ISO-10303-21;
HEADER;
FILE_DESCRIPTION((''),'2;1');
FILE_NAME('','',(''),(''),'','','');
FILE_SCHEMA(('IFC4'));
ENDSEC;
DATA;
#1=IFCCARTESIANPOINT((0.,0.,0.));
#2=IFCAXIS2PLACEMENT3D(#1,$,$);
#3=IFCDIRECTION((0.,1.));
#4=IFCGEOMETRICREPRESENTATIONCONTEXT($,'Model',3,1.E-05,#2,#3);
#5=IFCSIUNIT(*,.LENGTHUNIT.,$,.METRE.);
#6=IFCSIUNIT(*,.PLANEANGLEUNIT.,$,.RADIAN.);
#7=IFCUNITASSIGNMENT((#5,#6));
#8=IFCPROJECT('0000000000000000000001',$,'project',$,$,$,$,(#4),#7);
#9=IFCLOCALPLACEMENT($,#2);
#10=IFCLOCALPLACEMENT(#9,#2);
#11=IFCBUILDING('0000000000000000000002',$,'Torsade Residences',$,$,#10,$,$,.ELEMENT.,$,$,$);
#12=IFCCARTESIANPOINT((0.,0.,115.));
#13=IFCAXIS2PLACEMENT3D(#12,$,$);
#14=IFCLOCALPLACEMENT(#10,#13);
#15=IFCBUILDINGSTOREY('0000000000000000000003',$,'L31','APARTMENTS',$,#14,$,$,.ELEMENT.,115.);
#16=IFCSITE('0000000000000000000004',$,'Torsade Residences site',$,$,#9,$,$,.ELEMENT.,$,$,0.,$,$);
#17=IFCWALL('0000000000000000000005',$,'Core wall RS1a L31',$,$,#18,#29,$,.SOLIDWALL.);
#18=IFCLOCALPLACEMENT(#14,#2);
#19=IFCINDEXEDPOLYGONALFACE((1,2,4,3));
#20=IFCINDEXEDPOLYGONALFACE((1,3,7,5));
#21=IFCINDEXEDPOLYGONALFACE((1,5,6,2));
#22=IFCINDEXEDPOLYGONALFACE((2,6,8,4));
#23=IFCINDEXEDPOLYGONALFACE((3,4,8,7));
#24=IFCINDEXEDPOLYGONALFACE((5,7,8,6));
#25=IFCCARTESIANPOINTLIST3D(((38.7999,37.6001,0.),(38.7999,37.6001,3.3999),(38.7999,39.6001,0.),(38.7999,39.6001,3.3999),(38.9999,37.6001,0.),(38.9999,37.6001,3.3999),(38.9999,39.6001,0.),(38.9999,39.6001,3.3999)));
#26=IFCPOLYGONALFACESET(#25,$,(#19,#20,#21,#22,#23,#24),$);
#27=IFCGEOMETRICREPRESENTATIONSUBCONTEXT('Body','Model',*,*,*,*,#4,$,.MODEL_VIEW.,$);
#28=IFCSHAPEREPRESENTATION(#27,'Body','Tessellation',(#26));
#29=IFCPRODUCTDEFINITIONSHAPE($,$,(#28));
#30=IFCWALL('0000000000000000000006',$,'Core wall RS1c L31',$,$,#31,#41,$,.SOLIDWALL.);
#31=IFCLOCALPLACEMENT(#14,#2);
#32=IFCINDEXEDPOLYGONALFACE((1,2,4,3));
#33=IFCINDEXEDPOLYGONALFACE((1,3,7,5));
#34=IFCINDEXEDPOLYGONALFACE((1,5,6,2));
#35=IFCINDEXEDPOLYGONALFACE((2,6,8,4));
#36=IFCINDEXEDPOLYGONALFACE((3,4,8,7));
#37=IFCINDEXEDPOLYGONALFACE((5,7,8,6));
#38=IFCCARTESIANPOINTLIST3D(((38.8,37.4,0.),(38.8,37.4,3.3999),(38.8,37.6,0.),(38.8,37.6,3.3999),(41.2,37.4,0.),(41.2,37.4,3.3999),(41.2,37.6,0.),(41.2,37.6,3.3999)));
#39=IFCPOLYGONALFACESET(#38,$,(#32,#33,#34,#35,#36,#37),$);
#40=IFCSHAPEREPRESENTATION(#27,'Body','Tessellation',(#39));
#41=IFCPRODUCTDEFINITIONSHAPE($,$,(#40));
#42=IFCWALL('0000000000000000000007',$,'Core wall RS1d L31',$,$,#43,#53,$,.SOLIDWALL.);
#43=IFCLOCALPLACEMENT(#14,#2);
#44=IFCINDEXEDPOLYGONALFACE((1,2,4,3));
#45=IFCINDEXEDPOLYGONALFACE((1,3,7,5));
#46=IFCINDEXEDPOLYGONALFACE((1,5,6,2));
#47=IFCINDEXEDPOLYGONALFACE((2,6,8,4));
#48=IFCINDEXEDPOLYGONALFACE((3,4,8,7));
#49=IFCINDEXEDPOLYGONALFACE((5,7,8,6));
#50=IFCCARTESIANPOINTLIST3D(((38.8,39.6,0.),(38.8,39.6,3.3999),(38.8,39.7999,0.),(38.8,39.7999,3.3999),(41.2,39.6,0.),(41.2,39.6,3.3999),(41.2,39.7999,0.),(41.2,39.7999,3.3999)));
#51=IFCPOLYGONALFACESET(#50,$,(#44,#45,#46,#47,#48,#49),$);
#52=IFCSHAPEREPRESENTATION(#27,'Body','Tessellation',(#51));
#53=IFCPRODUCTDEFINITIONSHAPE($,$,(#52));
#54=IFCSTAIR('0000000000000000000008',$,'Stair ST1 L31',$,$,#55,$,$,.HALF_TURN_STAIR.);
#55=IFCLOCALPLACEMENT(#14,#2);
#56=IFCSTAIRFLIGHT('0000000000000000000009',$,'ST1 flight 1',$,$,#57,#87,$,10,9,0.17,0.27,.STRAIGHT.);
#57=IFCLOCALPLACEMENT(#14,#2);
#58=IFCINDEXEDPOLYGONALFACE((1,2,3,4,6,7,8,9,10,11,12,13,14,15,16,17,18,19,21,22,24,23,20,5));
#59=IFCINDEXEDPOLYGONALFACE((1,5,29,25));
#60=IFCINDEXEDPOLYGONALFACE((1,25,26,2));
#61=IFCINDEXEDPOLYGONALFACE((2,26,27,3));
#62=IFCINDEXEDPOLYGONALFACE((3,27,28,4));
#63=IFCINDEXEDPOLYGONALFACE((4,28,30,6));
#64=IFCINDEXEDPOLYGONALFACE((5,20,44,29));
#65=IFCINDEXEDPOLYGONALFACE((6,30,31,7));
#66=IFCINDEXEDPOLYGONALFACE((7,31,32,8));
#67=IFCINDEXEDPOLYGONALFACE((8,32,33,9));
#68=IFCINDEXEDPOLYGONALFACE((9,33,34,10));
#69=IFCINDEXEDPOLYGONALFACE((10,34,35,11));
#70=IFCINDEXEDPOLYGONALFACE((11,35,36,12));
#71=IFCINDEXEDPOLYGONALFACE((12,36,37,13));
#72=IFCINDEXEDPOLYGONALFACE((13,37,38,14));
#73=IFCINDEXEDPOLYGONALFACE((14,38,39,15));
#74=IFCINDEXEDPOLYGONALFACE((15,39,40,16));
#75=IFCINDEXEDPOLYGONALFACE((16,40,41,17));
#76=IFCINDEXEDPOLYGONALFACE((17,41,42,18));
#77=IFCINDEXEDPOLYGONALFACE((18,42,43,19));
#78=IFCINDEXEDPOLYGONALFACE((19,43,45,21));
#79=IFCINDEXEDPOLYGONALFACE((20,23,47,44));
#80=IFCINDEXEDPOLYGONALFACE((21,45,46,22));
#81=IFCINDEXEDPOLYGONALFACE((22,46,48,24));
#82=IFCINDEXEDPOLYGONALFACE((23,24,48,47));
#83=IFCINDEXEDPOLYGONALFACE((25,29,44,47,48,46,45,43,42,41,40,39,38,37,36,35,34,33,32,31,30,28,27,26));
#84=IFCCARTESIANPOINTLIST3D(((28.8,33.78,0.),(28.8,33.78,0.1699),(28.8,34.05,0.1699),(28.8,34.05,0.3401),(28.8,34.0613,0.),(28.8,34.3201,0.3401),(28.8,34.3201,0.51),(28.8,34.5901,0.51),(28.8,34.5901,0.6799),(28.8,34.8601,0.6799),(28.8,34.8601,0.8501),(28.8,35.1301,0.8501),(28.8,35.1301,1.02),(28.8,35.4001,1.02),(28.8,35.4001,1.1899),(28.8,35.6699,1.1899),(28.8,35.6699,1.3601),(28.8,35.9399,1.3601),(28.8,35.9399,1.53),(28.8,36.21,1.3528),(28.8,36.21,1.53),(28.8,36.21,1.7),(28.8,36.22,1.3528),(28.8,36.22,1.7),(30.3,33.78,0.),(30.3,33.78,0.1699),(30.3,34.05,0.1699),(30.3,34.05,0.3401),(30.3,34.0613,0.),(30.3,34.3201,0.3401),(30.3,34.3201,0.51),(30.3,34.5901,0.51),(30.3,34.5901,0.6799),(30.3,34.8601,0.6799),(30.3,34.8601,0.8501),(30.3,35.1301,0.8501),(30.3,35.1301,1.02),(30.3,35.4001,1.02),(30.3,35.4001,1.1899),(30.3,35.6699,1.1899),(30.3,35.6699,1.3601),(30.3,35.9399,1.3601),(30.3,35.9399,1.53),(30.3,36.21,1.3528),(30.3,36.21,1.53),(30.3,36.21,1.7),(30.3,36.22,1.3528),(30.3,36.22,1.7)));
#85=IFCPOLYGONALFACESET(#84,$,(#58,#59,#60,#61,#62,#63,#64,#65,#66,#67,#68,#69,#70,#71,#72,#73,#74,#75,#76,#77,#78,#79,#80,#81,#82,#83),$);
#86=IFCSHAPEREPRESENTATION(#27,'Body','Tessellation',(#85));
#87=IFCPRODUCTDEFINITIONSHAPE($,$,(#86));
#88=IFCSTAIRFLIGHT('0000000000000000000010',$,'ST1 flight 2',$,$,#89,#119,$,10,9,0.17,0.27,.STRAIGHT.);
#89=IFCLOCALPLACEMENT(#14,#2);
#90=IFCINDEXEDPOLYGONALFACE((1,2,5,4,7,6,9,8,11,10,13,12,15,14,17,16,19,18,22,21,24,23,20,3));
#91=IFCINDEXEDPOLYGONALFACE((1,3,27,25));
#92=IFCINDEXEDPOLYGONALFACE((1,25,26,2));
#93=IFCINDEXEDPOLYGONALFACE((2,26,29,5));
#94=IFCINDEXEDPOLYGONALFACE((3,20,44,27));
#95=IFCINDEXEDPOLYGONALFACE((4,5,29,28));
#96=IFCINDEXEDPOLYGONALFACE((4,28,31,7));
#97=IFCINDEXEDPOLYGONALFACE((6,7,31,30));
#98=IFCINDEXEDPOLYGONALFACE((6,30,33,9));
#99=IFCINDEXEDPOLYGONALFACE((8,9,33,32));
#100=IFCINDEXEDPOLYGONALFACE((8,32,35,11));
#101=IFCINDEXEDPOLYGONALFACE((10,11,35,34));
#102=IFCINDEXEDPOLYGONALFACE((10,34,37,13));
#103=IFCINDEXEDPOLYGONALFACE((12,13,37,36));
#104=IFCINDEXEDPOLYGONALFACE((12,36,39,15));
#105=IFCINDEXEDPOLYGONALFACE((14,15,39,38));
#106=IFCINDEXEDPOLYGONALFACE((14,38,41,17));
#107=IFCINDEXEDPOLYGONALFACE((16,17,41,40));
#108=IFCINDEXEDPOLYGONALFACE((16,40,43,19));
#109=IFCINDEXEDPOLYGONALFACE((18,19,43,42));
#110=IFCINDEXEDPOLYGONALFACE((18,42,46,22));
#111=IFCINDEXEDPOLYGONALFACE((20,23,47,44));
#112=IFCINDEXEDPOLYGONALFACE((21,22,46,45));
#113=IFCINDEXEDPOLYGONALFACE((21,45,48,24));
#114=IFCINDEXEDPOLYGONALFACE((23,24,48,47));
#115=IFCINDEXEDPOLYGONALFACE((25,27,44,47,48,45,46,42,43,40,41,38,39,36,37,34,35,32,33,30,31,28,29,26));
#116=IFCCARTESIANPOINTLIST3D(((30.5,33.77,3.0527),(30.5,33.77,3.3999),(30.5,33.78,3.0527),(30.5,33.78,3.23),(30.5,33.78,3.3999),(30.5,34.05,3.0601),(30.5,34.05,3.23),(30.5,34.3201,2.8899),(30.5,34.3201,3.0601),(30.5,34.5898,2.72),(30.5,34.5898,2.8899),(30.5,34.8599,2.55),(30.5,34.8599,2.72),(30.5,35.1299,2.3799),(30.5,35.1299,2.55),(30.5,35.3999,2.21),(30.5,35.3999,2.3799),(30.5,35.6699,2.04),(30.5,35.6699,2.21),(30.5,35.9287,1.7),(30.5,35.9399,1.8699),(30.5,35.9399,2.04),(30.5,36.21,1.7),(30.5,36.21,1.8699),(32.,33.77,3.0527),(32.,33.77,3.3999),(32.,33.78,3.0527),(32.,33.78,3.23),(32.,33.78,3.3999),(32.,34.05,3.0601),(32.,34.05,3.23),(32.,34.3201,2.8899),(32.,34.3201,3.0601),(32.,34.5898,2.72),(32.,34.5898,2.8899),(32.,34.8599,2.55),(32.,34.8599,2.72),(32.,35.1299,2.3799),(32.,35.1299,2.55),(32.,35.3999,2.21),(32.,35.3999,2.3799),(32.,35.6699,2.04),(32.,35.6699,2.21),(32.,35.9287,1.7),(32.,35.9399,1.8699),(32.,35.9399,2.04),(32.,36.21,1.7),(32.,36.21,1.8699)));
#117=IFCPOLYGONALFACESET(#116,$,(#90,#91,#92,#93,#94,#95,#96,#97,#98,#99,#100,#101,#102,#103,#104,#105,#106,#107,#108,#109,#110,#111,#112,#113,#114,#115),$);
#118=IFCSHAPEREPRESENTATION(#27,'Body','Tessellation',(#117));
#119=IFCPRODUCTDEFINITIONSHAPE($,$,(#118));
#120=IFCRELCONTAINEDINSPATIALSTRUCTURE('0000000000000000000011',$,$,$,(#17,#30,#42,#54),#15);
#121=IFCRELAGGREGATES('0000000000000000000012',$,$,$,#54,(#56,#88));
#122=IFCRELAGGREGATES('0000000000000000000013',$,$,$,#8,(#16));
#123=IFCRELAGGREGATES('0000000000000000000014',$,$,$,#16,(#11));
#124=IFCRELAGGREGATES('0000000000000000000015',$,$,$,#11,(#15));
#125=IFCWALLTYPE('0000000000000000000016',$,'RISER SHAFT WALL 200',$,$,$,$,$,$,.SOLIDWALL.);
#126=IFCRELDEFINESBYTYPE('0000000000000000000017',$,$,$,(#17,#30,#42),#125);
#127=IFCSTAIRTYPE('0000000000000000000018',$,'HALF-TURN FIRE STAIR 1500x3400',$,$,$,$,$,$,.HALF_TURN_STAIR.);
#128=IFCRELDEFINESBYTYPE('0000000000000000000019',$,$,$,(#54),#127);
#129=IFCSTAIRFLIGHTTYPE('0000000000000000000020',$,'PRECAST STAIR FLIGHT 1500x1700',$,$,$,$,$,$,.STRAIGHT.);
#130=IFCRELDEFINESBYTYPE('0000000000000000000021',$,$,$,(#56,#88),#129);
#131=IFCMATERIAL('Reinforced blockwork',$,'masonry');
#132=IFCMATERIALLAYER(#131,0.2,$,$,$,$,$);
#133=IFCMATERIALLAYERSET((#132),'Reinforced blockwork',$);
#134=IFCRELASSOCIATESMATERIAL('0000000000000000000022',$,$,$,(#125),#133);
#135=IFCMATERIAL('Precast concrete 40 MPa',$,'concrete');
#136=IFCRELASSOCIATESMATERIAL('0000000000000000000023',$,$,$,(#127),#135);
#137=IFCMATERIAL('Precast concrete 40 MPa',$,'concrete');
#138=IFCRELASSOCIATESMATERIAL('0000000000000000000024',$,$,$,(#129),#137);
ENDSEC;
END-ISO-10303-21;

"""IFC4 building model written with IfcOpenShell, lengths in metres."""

from ifc_helpers import new_model, si_unit, direction, frame, frame_2d, origin, place, context, subcontext, project, spatial, polyline, rectangle, outline, extrude, material, layer, layer_set, type_object, element, aggregate, save


model = new_model("IFC4")

# Units and contexts
model_context = context("Model", 3, precision=1e-05, world=origin(), true_north=direction((0.0, 1.0)))
body_context = subcontext(model_context, "Body", "Model", "MODEL_VIEW")
ifc_project = project(units=[si_unit("LENGTHUNIT", "METRE"), si_unit("PLANEANGLEUNIT", "RADIAN")], contexts=[model_context])

# Site, building, storey
site_placement = place(None, origin())
site = spatial("IfcSite", under=ifc_project, at=site_placement, Name="Torsade Residences site", CompositionType="ELEMENT", RefElevation=0.0)
building_placement = place(site_placement, origin())
building = spatial("IfcBuilding", under=site, at=building_placement, Name="Torsade Residences", CompositionType="ELEMENT")
storey_placement = place(building_placement, frame((0.0, 0.0, 115.0)))
storey = spatial("IfcBuildingStorey", under=building, at=storey_placement, Name="L31", Description="APARTMENTS", CompositionType="ELEMENT", Elevation=115.0)

# Walls
ifc_material_1 = material(Name="Reinforced blockwork", Category="masonry")
ifc_layer_1 = layer(ifc_material_1, 0.2)
ifc_layer_set_1 = layer_set([ifc_layer_1], Name="Reinforced blockwork")
wall_type_1 = type_object("IfcWallType", Name="RISER SHAFT WALL 200", PredefinedType="SOLIDWALL", material=ifc_layer_set_1)
wall_1_placement = place(storey_placement, frame((38.8999, 37.6001, 0.0), z_axis=(0.0, 0.0, 1.0), x_axis=(0.0, 1.0, 0.0)))
element("IfcWall", 1, at=wall_1_placement, inside=storey, type_object=wall_type_1, Name="Core wall RS1a L31", PredefinedType="SOLIDWALL", context=body_context, shape_type="SweptSolid", body=[
    extrude(rectangle(XDim=2.0, YDim=0.2, at=frame_2d((1.0, 0.0))), origin(), (0.0, 0.0, 1.0), 3.3999),
])
for number, where, z_axis, x_axis, name in (
    (2, (38.8, 37.5, 0.0), (0.0, 0.0, 1.0), (1.0, 0.0, 0.0), "Core wall RS1c L31"),
    (3, (38.8, 39.7, 0.0), (0.0, 0.0, 1.0), (1.0, 0.0, 0.0), "Core wall RS1d L31"),
):
    element("IfcWall", number, at=place(storey_placement, frame(where, z_axis=z_axis, x_axis=x_axis)), inside=storey, type_object=wall_type_1, Name=name, PredefinedType="SOLIDWALL", context=body_context, shape_type="SweptSolid", body=[
        extrude(rectangle(XDim=2.3999, YDim=0.2, at=frame_2d((1.2, 0.0))), origin(), (0.0, 0.0, 1.0), 3.3999),
    ])

# Stair, stair flights
ifc_material_2 = material(Name="Precast concrete 40 MPa", Category="concrete")
stair_type = type_object("IfcStairType", Name="HALF-TURN FIRE STAIR 1500x3400", PredefinedType="HALF_TURN_STAIR", material=ifc_material_2)
stair_placement = place(storey_placement, origin())
stair = element("IfcStair", 4, at=stair_placement, inside=storey, type_object=stair_type, Name="Stair ST1 L31", PredefinedType="HALF_TURN_STAIR")
ifc_material_3 = material(Name="Precast concrete 40 MPa", Category="concrete")
stair_flight_type = type_object("IfcStairFlightType", Name="PRECAST STAIR FLIGHT 1500x1700", PredefinedType="STRAIGHT", material=ifc_material_3)
stair_flight_1_placement = place(storey_placement, frame((29.55, 33.78, 0.0), z_axis=(0.0, 0.0, 1.0), x_axis=(0.0, 1.0, 0.0)))
stair_flight_1 = element("IfcStairFlight", 5, at=stair_flight_1_placement, type_object=stair_flight_type, Name="ST1 flight 1", NumberOfRisers=10, NumberOfTreads=9, PredefinedType="STRAIGHT", RiserHeight=0.17, TreadLength=0.27, context=body_context, shape_type="SweptSolid", body=[
    extrude(outline(polyline([(0.0, 0.0), (0.0, 0.1699), (0.27, 0.1699), (0.27, 0.3401), (0.54, 0.3401), (0.54, 0.51), (0.8101, 0.51), (0.8101, 0.6799), (1.0801, 0.6799), (1.0801, 0.8501), (1.3501, 0.8501), (1.3501, 1.02), (1.6201, 1.02), (1.6201, 1.1899), (1.8899, 1.1899), (1.8899, 1.3601), (2.1599, 1.3601), (2.1599, 1.53), (2.4299, 1.53), (2.4299, 1.7), (2.4399, 1.7), (2.4399, 1.3528), (2.4299, 1.3528), (0.2812, 0.0), (0.0, 0.0)])), frame((0.0, 0.75, 0.0), z_axis=(0.0, -1.0, 0.0), x_axis=(1.0, 0.0, 0.0)), (0.0, 0.0, 1.0), 1.5),
])
stair_flight_2_placement = place(storey_placement, frame((31.25, 36.21, 1.7), z_axis=(0.0, 0.0, 1.0), x_axis=(0.0, -1.0, 0.0)))
stair_flight_2 = element("IfcStairFlight", 6, at=stair_flight_2_placement, type_object=stair_flight_type, Name="ST1 flight 2", NumberOfRisers=10, NumberOfTreads=9, PredefinedType="STRAIGHT", RiserHeight=0.17, TreadLength=0.27, context=body_context, shape_type="SweptSolid", body=[
    extrude(outline(polyline([(0.0, 0.0), (0.0, 0.1699), (0.27, 0.1699), (0.27, 0.3401), (0.54, 0.3401), (0.54, 0.51), (0.8101, 0.51), (0.8101, 0.6799), (1.0801, 0.6799), (1.0801, 0.8501), (1.3501, 0.8501), (1.3501, 1.02), (1.6201, 1.02), (1.6201, 1.1899), (1.8899, 1.1899), (1.8899, 1.3601), (2.1599, 1.3601), (2.1599, 1.53), (2.4299, 1.53), (2.4299, 1.7), (2.4399, 1.7), (2.4399, 1.3528), (2.4299, 1.3528), (0.2812, 0.0), (0.0, 0.0)])), frame((0.0, 0.75, 0.0), z_axis=(0.0, -1.0, 0.0), x_axis=(1.0, 0.0, 0.0)), (0.0, 0.0, 1.0), 1.5),
])
aggregate(stair, [stair_flight_1, stair_flight_2])

save(model, "model.ifc")
